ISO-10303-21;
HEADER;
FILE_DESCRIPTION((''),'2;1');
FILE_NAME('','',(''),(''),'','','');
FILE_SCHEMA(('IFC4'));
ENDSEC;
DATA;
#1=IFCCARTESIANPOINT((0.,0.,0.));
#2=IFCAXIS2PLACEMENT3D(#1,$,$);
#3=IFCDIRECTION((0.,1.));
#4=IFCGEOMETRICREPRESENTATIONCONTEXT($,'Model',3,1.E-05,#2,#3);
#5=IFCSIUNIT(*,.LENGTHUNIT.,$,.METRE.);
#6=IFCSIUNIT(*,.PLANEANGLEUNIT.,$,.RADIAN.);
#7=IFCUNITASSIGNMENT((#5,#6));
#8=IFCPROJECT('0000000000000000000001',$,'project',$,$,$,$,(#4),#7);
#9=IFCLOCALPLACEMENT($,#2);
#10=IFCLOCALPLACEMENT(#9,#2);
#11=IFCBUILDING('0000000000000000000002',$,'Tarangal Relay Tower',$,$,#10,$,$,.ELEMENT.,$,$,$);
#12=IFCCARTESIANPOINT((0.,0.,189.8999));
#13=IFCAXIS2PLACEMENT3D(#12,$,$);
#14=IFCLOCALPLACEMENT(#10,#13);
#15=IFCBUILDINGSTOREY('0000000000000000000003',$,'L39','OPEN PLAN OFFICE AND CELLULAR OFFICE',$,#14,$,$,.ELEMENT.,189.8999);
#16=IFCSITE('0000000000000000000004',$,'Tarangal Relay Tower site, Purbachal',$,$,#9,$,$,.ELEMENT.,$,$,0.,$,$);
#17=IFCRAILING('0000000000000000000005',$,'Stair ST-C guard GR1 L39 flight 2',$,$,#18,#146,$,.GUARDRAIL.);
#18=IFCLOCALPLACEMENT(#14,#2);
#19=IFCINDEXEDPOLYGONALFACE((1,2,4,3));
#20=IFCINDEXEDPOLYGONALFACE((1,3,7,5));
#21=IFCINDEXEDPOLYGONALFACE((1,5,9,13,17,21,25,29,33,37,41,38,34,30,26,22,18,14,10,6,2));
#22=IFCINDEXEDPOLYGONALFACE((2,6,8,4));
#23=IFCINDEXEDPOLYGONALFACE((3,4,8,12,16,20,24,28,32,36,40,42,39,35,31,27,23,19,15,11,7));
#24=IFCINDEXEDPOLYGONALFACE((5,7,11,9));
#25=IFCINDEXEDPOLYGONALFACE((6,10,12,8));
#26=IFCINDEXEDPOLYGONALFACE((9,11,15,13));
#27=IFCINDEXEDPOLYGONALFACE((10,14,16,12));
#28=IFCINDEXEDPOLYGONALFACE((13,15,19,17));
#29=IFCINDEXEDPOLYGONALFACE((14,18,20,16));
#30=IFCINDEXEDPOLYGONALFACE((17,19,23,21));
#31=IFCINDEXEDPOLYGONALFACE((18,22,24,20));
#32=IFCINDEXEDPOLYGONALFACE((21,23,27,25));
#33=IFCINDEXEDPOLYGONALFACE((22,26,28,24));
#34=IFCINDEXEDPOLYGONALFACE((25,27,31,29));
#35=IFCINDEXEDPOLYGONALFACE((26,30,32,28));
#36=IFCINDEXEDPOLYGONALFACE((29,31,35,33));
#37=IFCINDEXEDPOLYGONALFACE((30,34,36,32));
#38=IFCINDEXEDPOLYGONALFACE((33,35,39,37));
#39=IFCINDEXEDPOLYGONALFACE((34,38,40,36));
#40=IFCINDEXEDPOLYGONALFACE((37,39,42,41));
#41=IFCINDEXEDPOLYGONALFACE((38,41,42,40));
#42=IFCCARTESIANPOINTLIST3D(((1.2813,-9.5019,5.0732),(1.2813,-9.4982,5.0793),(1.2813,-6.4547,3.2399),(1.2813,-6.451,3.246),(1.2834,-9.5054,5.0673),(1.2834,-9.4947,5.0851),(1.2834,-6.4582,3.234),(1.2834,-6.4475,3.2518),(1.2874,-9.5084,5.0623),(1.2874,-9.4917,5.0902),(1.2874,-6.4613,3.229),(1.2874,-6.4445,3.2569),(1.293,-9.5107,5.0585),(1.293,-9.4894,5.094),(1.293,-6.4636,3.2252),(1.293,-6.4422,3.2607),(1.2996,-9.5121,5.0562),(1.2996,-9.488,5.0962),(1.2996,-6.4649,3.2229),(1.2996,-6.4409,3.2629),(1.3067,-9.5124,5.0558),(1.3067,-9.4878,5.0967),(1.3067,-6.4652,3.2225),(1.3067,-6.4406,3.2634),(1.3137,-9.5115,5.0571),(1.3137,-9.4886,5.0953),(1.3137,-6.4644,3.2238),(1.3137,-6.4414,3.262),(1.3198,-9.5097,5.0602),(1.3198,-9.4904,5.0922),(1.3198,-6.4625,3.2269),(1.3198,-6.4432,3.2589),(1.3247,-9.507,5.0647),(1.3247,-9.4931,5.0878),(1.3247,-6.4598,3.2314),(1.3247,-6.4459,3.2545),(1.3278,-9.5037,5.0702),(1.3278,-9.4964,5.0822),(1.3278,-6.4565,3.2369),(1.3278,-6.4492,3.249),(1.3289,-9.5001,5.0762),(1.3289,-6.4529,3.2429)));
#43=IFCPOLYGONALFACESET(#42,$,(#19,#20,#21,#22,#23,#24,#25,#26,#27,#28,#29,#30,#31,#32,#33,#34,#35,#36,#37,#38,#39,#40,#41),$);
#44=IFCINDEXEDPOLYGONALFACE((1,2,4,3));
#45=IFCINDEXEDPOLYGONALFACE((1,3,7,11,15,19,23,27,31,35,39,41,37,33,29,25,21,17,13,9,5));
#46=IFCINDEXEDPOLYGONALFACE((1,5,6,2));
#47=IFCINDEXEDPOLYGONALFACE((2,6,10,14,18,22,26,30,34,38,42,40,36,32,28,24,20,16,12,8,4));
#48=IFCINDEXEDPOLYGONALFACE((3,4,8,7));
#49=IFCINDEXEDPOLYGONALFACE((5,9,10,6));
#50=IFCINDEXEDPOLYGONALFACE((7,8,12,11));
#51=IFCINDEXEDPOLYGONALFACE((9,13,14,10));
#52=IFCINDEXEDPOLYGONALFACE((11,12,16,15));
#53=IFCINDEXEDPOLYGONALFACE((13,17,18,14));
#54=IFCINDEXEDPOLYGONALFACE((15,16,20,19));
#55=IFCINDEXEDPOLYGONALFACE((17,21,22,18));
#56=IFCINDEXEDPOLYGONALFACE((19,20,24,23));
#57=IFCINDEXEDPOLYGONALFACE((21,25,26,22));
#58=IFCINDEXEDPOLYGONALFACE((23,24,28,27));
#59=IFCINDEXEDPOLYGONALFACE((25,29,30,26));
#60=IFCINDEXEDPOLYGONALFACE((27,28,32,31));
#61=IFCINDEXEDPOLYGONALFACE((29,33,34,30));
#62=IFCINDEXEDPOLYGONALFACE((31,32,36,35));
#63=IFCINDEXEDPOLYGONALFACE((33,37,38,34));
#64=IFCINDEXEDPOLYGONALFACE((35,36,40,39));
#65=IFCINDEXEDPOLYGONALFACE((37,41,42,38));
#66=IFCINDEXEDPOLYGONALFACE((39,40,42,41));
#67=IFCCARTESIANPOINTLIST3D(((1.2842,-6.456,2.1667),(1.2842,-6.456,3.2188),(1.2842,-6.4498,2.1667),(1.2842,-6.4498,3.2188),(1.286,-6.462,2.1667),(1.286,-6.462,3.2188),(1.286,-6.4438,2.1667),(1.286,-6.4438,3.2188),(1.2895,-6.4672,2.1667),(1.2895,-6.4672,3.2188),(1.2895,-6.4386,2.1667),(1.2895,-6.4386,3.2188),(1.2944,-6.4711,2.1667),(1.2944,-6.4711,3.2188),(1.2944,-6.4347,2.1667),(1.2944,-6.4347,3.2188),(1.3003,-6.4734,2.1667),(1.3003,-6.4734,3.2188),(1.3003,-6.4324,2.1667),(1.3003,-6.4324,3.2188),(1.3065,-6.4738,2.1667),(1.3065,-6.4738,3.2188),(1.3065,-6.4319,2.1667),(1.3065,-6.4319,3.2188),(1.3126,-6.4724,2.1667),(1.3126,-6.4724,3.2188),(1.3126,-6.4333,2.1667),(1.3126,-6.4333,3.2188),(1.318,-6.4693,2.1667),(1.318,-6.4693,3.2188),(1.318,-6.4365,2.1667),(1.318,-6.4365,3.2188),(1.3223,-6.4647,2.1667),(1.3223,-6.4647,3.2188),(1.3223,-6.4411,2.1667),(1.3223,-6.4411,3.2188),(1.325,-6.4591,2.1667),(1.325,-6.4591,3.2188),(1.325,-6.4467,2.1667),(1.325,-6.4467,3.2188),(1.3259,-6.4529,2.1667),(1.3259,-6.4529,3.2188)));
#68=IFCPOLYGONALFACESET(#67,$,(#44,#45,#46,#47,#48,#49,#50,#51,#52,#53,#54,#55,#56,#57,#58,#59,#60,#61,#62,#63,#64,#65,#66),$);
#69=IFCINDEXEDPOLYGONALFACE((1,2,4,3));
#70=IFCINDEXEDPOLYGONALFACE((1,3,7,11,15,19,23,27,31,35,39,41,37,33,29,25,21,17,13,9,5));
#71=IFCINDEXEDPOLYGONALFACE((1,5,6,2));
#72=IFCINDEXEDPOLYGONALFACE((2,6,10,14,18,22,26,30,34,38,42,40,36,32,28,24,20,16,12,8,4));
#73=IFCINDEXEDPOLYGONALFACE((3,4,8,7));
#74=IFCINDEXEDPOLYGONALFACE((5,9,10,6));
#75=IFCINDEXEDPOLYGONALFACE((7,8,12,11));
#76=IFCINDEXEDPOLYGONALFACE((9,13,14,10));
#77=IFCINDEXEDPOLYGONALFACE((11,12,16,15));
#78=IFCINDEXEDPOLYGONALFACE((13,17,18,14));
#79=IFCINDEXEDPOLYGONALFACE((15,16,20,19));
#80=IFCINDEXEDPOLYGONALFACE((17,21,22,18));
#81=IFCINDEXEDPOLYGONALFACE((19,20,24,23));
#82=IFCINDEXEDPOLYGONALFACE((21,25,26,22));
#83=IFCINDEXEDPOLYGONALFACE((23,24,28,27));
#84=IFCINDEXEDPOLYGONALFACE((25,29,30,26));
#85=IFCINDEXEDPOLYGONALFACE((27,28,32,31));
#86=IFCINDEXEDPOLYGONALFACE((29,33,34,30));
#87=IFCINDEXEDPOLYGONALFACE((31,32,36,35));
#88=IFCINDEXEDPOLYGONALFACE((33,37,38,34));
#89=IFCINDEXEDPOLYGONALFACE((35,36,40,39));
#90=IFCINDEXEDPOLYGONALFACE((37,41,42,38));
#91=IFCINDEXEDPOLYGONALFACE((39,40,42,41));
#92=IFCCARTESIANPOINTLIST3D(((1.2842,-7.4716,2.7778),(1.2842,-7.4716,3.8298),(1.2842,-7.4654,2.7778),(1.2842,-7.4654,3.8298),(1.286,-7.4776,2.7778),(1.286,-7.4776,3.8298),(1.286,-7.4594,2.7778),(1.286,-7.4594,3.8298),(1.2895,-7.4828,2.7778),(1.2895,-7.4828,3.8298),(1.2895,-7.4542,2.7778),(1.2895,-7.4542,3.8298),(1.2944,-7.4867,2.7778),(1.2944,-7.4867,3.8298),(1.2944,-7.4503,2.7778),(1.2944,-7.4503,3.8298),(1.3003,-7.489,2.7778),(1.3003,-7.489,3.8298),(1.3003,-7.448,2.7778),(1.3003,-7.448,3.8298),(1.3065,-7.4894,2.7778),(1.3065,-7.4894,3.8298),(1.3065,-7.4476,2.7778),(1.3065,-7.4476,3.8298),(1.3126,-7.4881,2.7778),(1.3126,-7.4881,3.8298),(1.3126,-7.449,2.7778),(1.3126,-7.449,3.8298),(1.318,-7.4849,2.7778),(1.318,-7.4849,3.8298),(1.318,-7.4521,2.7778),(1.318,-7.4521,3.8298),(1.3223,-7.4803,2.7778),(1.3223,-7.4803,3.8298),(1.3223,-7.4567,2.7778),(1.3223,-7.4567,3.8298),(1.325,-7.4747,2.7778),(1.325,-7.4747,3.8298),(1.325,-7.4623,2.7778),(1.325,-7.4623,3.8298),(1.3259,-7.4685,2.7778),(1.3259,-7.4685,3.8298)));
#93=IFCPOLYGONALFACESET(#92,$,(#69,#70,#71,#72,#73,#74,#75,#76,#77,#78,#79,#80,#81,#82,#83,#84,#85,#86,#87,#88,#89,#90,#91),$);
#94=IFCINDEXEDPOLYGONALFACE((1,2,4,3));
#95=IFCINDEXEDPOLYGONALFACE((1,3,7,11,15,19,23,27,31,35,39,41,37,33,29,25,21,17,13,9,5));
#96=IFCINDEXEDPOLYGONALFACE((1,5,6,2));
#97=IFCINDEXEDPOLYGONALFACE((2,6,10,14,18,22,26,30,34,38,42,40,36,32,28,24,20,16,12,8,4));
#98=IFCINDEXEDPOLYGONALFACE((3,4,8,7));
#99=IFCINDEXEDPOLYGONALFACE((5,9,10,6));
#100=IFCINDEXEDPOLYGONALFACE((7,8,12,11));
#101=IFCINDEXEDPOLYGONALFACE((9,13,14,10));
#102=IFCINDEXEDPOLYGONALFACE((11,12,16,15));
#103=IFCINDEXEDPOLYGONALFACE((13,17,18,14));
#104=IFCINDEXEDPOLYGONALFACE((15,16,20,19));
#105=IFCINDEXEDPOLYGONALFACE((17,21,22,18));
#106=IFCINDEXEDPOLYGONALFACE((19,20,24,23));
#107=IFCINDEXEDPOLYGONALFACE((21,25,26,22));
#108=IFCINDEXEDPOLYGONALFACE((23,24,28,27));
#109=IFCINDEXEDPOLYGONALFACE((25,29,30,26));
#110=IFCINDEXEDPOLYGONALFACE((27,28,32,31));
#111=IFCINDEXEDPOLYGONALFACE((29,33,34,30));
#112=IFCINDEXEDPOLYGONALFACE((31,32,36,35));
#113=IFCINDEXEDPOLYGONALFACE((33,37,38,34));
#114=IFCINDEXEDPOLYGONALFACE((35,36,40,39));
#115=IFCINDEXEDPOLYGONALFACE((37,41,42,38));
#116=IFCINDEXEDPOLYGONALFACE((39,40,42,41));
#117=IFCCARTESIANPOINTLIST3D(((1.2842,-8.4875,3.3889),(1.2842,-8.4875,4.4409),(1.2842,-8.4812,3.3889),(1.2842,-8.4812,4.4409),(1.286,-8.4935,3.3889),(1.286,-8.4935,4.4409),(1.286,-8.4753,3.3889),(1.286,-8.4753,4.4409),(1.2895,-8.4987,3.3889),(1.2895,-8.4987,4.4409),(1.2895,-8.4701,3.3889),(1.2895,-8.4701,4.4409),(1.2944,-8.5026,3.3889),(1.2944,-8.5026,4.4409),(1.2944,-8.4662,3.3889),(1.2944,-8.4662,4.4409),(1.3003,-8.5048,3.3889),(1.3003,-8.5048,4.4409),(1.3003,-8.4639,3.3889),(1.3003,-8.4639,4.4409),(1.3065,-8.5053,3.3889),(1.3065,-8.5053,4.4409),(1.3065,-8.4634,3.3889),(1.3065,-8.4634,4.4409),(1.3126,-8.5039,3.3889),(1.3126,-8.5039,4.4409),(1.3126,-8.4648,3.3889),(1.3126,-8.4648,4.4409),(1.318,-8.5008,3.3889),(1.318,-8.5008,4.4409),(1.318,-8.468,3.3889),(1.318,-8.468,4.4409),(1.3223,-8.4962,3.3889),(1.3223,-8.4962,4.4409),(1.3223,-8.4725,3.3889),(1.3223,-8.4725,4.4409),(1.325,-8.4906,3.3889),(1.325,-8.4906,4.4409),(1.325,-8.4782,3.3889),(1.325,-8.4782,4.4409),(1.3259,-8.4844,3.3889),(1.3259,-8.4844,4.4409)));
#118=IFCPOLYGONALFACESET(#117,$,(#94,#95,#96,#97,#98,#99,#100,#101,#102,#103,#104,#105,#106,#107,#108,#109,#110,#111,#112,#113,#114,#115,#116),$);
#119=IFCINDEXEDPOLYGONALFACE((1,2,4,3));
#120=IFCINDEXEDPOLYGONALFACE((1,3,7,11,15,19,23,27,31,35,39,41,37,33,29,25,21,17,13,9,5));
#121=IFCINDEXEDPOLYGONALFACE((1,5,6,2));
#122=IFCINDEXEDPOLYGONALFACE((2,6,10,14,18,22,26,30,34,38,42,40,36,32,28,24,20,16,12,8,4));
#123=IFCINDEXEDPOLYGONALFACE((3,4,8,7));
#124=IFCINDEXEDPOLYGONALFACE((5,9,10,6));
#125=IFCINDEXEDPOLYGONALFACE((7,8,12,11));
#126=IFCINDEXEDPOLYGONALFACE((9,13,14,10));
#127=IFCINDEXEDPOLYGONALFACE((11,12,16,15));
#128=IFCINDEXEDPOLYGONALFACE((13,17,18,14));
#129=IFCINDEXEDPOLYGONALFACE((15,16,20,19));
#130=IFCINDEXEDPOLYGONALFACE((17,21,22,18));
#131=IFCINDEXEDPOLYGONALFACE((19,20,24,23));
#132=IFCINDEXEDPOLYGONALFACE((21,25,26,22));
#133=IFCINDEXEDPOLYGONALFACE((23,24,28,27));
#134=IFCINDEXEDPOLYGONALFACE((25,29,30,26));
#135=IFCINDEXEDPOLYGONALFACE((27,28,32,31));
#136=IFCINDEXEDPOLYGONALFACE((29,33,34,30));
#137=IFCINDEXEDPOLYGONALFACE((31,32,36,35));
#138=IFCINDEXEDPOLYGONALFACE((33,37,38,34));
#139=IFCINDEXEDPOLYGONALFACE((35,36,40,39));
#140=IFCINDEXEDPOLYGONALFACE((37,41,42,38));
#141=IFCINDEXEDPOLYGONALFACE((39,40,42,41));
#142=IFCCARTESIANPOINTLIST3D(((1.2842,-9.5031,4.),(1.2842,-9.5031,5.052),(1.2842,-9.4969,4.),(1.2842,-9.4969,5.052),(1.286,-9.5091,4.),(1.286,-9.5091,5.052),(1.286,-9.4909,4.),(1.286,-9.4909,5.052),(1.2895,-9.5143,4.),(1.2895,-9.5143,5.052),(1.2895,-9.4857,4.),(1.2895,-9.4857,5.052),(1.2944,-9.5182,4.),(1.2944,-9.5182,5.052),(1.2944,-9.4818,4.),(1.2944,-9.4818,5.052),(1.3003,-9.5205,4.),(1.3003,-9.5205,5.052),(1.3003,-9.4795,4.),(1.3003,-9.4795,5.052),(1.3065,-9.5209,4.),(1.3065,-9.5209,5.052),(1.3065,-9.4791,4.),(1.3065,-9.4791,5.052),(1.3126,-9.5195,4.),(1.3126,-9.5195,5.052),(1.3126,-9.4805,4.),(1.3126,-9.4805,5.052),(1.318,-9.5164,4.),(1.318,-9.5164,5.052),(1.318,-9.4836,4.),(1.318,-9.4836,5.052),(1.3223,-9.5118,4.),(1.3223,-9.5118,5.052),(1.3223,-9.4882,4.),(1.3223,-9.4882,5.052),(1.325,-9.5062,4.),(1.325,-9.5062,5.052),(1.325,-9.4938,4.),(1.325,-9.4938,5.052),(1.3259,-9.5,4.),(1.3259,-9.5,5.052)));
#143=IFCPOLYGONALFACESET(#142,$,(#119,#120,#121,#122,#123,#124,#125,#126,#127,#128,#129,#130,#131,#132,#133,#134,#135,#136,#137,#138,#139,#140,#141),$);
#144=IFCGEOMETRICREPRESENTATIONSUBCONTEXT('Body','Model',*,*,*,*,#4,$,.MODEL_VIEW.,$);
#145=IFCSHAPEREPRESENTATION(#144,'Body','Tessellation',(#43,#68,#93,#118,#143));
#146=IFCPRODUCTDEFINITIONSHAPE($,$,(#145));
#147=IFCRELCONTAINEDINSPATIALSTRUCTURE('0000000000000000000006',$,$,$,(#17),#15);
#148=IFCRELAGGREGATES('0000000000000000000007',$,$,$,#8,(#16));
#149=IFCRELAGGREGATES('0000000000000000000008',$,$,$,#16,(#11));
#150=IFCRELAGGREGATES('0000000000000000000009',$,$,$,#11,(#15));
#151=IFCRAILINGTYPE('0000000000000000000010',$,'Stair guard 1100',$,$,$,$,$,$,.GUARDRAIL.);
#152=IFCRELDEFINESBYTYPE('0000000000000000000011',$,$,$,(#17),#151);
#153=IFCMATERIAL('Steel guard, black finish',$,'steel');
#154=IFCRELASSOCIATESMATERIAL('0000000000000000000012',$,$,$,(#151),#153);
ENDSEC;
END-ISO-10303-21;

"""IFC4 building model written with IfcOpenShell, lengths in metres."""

from ifc_helpers import new_model, si_unit, direction, frame, origin, origin_2d, place, context, subcontext, project, spatial, circle, extrude, material, type_object, element, save


model = new_model("IFC4")

# Units and contexts
model_context = context("Model", 3, precision=1e-05, world=origin(), true_north=direction((0.0, 1.0)))
body_context = subcontext(model_context, "Body", "Model", "MODEL_VIEW")
ifc_project = project(units=[si_unit("LENGTHUNIT", "METRE"), si_unit("PLANEANGLEUNIT", "RADIAN")], contexts=[model_context])

# Site, building, storey
site_placement = place(None, origin())
site = spatial("IfcSite", under=ifc_project, at=site_placement, Name="Tarangal Relay Tower site, Purbachal", CompositionType="ELEMENT", RefElevation=0.0)
building_placement = place(site_placement, origin())
building = spatial("IfcBuilding", under=site, at=building_placement, Name="Tarangal Relay Tower", CompositionType="ELEMENT")
storey_placement = place(building_placement, frame((0.0, 0.0, 189.8999)))
storey = spatial("IfcBuildingStorey", under=building, at=storey_placement, Name="L39", Description="OPEN PLAN OFFICE AND CELLULAR OFFICE", CompositionType="ELEMENT", Elevation=189.8999)

# Railing
ifc_material_1 = material(Name="Steel guard, black finish", Category="steel")
railing_type = type_object("IfcRailingType", Name="Stair guard 1100", PredefinedType="GUARDRAIL", material=ifc_material_1)
railing_placement = place(storey_placement, frame((1.3049, -6.4529, 2.1667)))
element("IfcRailing", 1, at=railing_placement, inside=storey, type_object=railing_type, Name="Stair ST-C guard GR1 L39 flight 2", PredefinedType="GUARDRAIL", context=body_context, shape_type="SweptSolid", body=[
    extrude(circle(Radius=0.0239, at=origin_2d()), frame((0.0, 0.0, 1.0762), z_axis=(0.0, -0.856874, 0.515525), x_axis=(1.0, 0.0, 0.0)), (0.0, 0.0, 1.0), 3.5562),
    extrude(circle(Radius=0.021, at=origin_2d()), origin(), (0.0, 0.0, 1.0), 1.052),
    extrude(circle(Radius=0.021, at=origin_2d()), frame((0.0, -1.0156, 0.6111)), (0.0, 0.0, 1.0), 1.052),
    extrude(circle(Radius=0.021, at=origin_2d()), frame((0.0, -2.0315, 1.2222)), (0.0, 0.0, 1.0), 1.052),
    extrude(circle(Radius=0.021, at=origin_2d()), frame((0.0, -3.0471, 1.8333)), (0.0, 0.0, 1.0), 1.052),
])

save(model, "model.ifc")
